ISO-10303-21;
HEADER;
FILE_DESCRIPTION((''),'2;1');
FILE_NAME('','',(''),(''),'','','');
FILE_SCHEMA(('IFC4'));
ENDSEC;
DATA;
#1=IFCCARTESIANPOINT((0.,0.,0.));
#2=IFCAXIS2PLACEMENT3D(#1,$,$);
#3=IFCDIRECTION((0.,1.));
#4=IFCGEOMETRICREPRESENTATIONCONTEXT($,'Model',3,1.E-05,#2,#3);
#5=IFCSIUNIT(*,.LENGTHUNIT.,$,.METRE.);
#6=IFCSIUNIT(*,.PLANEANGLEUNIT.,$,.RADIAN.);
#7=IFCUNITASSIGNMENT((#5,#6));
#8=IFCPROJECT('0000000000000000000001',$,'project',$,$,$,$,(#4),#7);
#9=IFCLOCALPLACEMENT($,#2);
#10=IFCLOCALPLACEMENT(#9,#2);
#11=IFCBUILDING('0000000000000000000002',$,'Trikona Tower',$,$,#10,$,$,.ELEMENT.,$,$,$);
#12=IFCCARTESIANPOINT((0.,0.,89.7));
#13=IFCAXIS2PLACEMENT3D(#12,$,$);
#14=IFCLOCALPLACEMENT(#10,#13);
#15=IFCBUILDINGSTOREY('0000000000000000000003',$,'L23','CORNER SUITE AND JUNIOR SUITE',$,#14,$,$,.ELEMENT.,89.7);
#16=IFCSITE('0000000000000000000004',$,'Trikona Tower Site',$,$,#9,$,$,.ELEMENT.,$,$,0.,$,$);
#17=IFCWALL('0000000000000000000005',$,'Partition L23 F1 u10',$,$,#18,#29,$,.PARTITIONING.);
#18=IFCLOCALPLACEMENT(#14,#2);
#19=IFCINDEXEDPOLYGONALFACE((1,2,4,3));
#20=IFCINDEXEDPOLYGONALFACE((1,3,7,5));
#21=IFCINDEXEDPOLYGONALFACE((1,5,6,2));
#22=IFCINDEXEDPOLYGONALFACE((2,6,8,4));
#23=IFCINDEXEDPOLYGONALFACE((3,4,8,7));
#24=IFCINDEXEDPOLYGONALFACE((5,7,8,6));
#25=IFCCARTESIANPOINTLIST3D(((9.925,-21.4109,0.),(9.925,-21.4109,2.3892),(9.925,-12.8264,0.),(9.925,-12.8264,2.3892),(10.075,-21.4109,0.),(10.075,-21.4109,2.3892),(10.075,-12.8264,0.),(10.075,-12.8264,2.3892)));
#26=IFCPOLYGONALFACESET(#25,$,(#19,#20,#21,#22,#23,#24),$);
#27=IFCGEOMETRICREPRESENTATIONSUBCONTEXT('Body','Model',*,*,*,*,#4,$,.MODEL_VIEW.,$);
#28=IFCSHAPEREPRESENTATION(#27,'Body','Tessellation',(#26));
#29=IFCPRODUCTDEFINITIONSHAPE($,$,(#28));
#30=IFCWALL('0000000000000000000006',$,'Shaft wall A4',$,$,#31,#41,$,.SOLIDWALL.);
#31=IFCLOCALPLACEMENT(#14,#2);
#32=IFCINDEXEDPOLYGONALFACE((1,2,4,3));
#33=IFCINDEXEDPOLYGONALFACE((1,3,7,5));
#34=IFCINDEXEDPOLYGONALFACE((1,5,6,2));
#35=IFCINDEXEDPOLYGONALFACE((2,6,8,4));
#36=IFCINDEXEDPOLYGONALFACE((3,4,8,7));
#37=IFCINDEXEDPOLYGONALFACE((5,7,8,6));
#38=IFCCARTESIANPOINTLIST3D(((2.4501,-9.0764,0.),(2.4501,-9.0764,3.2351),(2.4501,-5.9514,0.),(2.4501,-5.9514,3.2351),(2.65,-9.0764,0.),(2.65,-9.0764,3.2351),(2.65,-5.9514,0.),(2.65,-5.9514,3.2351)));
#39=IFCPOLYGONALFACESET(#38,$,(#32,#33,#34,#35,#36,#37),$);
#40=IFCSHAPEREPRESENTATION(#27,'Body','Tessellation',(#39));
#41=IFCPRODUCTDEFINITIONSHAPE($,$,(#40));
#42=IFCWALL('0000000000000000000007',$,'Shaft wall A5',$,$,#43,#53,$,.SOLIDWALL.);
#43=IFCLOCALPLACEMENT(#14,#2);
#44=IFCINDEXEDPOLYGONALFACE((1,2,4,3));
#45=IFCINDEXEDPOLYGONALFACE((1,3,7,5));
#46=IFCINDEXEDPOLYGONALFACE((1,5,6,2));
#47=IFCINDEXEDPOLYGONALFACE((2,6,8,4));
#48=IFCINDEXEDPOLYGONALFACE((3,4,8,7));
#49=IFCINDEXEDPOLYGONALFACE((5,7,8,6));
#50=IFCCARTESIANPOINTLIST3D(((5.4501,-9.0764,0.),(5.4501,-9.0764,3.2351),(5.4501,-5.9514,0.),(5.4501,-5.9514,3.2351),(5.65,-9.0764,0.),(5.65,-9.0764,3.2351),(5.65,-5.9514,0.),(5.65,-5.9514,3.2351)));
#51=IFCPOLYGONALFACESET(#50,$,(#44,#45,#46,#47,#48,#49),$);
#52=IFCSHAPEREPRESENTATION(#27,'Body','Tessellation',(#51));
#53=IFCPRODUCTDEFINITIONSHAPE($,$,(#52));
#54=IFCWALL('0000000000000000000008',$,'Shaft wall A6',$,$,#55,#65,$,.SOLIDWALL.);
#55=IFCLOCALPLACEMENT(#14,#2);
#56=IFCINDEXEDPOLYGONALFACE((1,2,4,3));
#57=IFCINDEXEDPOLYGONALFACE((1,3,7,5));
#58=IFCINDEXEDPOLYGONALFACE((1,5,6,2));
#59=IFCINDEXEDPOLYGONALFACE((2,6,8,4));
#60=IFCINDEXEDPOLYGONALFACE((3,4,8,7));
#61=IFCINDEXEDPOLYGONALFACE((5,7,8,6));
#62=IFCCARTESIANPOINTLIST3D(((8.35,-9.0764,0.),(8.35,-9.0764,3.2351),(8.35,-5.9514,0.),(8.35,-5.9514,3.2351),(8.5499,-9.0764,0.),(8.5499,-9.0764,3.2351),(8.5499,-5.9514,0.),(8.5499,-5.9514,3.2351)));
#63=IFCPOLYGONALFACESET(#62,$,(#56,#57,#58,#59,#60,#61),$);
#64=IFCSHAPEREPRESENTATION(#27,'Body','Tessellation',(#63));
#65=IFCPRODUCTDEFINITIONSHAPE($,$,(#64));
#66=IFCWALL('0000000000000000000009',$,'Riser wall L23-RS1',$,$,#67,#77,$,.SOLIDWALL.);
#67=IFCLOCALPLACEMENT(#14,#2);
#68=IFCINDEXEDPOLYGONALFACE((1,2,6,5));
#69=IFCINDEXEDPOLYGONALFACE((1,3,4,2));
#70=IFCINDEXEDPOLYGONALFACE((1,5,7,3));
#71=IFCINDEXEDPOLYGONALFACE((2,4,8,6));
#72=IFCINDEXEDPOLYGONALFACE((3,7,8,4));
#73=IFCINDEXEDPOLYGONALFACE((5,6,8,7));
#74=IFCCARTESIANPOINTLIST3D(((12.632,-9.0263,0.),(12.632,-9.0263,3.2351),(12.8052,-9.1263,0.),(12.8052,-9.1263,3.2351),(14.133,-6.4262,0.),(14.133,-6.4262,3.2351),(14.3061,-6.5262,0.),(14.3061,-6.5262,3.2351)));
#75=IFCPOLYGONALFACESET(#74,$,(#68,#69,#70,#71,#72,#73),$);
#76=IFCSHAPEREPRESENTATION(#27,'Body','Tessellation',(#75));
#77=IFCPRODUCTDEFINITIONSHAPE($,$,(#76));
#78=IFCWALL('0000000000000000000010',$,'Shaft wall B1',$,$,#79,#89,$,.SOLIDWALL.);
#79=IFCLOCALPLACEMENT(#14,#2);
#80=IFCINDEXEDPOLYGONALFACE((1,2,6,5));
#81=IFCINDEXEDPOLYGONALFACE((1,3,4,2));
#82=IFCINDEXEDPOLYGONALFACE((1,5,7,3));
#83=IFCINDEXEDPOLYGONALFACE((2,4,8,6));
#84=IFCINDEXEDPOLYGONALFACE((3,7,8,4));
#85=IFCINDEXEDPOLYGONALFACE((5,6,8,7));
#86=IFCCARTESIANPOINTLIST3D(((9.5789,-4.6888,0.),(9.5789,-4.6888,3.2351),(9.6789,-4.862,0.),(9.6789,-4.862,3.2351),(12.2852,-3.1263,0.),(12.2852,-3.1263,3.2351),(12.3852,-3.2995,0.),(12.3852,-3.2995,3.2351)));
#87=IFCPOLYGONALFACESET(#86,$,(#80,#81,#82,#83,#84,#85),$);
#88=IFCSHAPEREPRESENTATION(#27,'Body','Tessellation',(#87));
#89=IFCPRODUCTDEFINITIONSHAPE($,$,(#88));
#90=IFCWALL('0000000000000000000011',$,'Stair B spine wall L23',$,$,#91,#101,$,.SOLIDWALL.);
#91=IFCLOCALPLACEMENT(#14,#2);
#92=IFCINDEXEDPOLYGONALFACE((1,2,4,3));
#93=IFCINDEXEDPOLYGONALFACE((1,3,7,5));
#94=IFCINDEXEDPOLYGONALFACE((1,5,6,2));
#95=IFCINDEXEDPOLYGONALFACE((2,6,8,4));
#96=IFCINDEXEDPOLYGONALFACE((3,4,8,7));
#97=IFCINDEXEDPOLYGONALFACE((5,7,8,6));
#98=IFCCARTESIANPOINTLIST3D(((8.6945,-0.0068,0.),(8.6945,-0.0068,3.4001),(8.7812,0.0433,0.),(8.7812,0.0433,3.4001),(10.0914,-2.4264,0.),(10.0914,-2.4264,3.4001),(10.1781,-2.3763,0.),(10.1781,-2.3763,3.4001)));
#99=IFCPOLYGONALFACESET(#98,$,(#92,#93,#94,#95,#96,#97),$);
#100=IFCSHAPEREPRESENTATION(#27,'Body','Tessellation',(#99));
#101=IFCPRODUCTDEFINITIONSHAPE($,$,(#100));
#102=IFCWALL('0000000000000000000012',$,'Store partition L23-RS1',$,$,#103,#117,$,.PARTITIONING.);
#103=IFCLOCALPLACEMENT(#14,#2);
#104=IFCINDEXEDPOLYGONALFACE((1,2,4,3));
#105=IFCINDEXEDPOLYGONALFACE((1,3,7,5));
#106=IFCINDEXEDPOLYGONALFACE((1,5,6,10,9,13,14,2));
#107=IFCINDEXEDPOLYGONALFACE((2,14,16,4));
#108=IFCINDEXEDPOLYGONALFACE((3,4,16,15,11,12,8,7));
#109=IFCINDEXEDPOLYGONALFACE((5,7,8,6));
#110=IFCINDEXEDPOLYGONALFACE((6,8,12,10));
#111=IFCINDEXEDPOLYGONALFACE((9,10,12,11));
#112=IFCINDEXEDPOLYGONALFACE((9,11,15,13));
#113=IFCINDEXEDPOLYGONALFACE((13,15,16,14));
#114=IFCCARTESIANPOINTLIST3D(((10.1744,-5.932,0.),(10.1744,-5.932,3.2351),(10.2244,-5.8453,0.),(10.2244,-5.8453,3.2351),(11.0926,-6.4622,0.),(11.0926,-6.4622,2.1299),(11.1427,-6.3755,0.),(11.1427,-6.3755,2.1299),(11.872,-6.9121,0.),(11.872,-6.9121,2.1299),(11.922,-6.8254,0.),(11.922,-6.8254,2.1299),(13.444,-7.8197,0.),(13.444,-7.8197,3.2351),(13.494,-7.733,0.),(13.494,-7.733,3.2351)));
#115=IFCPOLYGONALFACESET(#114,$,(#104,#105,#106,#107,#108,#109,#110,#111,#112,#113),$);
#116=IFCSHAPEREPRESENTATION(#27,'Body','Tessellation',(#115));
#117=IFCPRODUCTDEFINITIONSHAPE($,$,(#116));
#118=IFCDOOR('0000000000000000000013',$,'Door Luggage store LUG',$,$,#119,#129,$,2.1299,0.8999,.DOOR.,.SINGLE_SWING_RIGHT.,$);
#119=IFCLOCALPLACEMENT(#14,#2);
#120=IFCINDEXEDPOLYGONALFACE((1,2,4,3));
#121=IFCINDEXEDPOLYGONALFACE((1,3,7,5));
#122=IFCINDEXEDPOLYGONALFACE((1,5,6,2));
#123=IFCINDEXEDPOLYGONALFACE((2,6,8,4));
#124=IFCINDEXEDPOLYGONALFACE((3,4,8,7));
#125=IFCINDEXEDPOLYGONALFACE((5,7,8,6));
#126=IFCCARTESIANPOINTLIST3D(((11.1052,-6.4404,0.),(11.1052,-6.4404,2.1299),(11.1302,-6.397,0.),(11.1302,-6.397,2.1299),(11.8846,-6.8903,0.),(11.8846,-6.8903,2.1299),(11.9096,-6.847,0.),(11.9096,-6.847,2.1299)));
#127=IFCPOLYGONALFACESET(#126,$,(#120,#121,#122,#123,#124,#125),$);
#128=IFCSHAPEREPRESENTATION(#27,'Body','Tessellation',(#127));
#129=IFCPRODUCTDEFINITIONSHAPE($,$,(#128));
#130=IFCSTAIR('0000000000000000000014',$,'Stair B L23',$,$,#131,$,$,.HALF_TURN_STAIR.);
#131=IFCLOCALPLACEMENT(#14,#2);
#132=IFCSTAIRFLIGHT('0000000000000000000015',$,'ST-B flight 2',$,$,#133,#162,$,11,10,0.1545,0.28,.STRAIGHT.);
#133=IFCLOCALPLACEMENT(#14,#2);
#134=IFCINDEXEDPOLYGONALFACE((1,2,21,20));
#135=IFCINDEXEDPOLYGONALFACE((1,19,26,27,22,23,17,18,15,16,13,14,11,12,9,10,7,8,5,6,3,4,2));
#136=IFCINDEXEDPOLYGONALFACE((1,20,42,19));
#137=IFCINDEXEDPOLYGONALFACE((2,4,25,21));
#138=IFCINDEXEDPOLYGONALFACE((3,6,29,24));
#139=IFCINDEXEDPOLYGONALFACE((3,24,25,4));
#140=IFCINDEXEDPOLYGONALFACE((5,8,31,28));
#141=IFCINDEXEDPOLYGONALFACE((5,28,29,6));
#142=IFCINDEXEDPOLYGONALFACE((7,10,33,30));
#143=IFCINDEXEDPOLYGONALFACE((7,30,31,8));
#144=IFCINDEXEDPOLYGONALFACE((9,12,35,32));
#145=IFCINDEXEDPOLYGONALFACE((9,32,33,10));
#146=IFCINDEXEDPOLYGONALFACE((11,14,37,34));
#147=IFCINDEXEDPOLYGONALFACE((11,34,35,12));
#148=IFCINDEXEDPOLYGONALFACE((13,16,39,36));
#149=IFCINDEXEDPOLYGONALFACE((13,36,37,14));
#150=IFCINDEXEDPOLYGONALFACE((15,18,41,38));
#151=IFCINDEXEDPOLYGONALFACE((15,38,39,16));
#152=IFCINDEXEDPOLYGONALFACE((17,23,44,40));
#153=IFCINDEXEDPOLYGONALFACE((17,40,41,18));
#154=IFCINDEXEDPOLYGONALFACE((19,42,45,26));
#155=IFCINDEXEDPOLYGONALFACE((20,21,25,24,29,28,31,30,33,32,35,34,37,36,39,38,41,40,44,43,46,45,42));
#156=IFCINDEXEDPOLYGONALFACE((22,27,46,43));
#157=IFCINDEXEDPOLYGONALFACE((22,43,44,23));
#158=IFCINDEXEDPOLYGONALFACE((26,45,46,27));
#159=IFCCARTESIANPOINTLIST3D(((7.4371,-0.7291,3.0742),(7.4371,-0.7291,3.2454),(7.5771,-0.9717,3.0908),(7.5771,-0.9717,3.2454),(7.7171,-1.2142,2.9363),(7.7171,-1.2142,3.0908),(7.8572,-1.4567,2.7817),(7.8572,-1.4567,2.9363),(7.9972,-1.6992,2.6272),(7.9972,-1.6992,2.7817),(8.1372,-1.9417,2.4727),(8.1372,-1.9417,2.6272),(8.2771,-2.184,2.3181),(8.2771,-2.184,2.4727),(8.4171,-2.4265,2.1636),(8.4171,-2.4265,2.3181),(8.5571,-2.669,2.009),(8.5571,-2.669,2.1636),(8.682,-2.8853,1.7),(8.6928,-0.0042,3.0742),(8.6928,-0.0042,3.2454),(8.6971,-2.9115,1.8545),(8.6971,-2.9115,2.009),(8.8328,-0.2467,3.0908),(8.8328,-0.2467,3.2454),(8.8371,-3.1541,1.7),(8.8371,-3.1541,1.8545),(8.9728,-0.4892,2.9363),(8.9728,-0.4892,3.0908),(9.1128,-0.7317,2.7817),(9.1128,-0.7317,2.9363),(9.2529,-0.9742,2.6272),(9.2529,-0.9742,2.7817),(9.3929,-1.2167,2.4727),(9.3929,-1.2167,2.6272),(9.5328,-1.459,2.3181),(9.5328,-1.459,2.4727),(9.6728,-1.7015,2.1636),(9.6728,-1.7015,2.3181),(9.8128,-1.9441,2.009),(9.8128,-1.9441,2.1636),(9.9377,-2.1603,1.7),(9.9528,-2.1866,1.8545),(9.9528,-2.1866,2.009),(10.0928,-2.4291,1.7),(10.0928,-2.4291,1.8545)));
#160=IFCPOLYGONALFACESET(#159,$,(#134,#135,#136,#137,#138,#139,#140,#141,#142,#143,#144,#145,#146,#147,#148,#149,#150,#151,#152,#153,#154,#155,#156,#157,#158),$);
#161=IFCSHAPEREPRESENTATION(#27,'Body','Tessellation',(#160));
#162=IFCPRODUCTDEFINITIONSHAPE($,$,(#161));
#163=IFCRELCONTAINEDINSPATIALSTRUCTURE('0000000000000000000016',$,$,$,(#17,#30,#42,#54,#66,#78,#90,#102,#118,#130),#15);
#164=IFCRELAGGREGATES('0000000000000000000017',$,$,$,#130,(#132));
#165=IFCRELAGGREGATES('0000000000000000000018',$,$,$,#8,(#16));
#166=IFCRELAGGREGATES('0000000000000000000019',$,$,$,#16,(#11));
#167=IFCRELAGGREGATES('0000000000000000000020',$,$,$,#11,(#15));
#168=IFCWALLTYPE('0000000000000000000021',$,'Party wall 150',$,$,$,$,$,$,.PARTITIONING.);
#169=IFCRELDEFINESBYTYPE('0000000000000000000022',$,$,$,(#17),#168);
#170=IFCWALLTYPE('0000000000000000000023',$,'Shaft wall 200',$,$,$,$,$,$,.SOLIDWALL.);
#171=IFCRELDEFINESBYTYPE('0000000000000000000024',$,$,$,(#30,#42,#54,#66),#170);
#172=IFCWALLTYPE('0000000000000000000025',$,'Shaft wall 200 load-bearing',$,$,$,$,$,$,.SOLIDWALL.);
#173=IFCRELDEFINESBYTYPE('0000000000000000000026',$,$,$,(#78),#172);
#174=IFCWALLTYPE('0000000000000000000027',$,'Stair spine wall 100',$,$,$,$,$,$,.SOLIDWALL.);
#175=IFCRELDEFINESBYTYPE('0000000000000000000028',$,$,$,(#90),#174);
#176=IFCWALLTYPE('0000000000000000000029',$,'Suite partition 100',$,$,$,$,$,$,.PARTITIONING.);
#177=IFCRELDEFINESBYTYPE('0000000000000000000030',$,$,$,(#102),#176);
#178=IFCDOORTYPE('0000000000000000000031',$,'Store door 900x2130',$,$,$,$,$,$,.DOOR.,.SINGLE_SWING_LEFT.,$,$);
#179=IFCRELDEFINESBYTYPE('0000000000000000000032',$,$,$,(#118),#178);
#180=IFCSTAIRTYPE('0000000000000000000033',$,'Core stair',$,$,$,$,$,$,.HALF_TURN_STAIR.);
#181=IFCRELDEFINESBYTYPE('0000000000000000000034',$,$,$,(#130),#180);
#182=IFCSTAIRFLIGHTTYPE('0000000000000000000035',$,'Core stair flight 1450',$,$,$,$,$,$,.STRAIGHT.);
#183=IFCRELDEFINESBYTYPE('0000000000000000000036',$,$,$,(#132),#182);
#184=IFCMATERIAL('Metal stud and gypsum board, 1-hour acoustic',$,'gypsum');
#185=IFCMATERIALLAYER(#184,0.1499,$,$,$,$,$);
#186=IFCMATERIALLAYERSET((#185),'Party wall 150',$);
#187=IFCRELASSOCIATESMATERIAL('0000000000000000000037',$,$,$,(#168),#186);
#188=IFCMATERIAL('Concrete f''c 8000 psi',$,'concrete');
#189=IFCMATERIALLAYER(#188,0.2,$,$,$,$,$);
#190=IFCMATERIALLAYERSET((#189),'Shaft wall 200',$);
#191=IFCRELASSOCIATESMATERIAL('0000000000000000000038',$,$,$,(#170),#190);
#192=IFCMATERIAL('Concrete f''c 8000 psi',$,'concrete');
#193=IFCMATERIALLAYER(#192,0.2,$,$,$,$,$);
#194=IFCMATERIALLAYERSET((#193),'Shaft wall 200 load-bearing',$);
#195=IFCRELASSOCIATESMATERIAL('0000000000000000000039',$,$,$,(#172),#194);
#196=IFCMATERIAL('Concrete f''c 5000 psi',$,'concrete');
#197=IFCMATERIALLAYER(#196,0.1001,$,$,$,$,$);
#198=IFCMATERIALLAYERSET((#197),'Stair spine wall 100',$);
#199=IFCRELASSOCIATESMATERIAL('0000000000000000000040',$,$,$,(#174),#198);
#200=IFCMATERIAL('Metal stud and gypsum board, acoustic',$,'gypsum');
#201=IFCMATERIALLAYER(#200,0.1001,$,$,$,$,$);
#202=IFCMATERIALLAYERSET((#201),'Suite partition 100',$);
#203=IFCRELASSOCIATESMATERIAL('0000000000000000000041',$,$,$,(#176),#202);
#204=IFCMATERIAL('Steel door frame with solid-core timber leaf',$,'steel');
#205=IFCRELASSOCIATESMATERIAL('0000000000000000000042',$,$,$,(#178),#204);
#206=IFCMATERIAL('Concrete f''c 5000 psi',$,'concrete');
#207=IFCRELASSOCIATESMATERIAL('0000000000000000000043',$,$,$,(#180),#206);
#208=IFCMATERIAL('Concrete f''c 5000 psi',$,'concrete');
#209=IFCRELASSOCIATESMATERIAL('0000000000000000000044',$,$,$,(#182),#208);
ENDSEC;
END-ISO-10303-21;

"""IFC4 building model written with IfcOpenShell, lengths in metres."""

from ifc_helpers import new_model, si_unit, direction, frame, frame_2d, origin, place, context, subcontext, project, spatial, polyline, rectangle, outline, extrude, material, layer, layer_set, type_object, element, fill, aggregate, save


model = new_model("IFC4")

# Units and contexts
model_context = context("Model", 3, precision=1e-05, world=origin(), true_north=direction((0.0, 1.0)))
body_context = subcontext(model_context, "Body", "Model", "MODEL_VIEW")
ifc_project = project(units=[si_unit("LENGTHUNIT", "METRE"), si_unit("PLANEANGLEUNIT", "RADIAN")], contexts=[model_context])

# Site, building, storey
site_placement = place(None, origin())
site = spatial("IfcSite", under=ifc_project, at=site_placement, Name="Trikona Tower Site", CompositionType="ELEMENT", RefElevation=0.0)
building_placement = place(site_placement, origin())
building = spatial("IfcBuilding", under=site, at=building_placement, Name="Trikona Tower", CompositionType="ELEMENT")
storey_placement = place(building_placement, frame((0.0, 0.0, 89.7)))
storey = spatial("IfcBuildingStorey", under=building, at=storey_placement, Name="L23", Description="CORNER SUITE AND JUNIOR SUITE", CompositionType="ELEMENT", Elevation=89.7)

# Walls
ifc_material_1 = material(Name="Metal stud and gypsum board, 1-hour acoustic", Category="gypsum")
ifc_layer_1 = layer(ifc_material_1, 0.1499)
ifc_layer_set_1 = layer_set([ifc_layer_1], Name="Party wall 150")
wall_type_1 = type_object("IfcWallType", Name="Party wall 150", PredefinedType="PARTITIONING", material=ifc_layer_set_1)
wall_1_placement = place(storey_placement, frame((10.0, -12.8264, 0.0), z_axis=(0.0, 0.0, 1.0), x_axis=(0.0, -1.0, 0.0)))
element("IfcWall", 1, at=wall_1_placement, inside=storey, type_object=wall_type_1, Name="Partition L23 F1 u10", PredefinedType="PARTITIONING", context=body_context, shape_type="SweptSolid", body=[
    extrude(rectangle(XDim=8.5845, YDim=0.1499, at=frame_2d((4.2922, 0.0))), origin(), (0.0, 0.0, 1.0), 2.3892),
])
ifc_material_2 = material(Name="Concrete f'c 8000 psi", Category="concrete")
ifc_layer_2 = layer(ifc_material_2, 0.2)
ifc_layer_set_2 = layer_set([ifc_layer_2], Name="Shaft wall 200")
wall_type_2 = type_object("IfcWallType", Name="Shaft wall 200", PredefinedType="SOLIDWALL", material=ifc_layer_set_2)
for number, where, z_axis, x_axis, name in (
    (2, (2.55, -5.9514, 0.0), (0.0, 0.0, 1.0), (0.0, -1.0, 0.0), "Shaft wall A4"),
    (3, (5.55, -5.9514, 0.0), (0.0, 0.0, 1.0), (0.0, -1.0, 0.0), "Shaft wall A5"),
    (4, (8.45, -5.9514, 0.0), (0.0, 0.0, 1.0), (0.0, -1.0, 0.0), "Shaft wall A6"),
):
    element("IfcWall", number, at=place(storey_placement, frame(where, z_axis=z_axis, x_axis=x_axis)), inside=storey, type_object=wall_type_2, Name=name, PredefinedType="SOLIDWALL", context=body_context, shape_type="SweptSolid", body=[
        extrude(rectangle(XDim=3.125, YDim=0.2, at=frame_2d((1.5625, 0.0))), origin(), (0.0, 0.0, 1.0), 3.2351),
    ])
wall_2_placement = place(storey_placement, frame((14.2195, -6.4763, 0.0), z_axis=(0.0, 0.0, 1.0), x_axis=(-0.499952, -0.866053, 0.0)))
element("IfcWall", 5, at=wall_2_placement, inside=storey, type_object=wall_type_2, Name="Riser wall L23-RS1", PredefinedType="SOLIDWALL", context=body_context, shape_type="SweptSolid", body=[
    extrude(rectangle(XDim=3.0022, YDim=0.2, at=frame_2d((1.501, 0.0))), origin(), (0.0, 0.0, 1.0), 3.2351),
])
ifc_material_3 = material(Name="Concrete f'c 8000 psi", Category="concrete")
ifc_layer_3 = layer(ifc_material_3, 0.2)
ifc_layer_set_3 = layer_set([ifc_layer_3], Name="Shaft wall 200 load-bearing")
wall_type_3 = type_object("IfcWallType", Name="Shaft wall 200 load-bearing", PredefinedType="SOLIDWALL", material=ifc_layer_set_3)
wall_3_placement = place(storey_placement, frame((9.6289, -4.7754, 0.0), z_axis=(0.0, 0.0, 1.0), x_axis=(0.866023, 0.500004, 0.0)))
element("IfcWall", 6, at=wall_3_placement, inside=storey, type_object=wall_type_3, Name="Shaft wall B1", PredefinedType="SOLIDWALL", context=body_context, shape_type="SweptSolid", body=[
    extrude(rectangle(XDim=3.125, YDim=0.2, at=frame_2d((1.5625, 0.0))), origin(), (0.0, 0.0, 1.0), 3.2351),
])
ifc_material_4 = material(Name="Concrete f'c 5000 psi", Category="concrete")
ifc_layer_4 = layer(ifc_material_4, 0.1001)
ifc_layer_set_4 = layer_set([ifc_layer_4], Name="Stair spine wall 100")
wall_type_4 = type_object("IfcWallType", Name="Stair spine wall 100", PredefinedType="SOLIDWALL", material=ifc_layer_set_4)
wall_4_placement = place(storey_placement, frame((10.1348, -2.4014, 0.0), z_axis=(0.0, 0.0, 1.0), x_axis=(-0.499992, 0.86603, 0.0)))
element("IfcWall", 7, at=wall_4_placement, inside=storey, type_object=wall_type_4, Name="Stair B spine wall L23", PredefinedType="SOLIDWALL", context=body_context, shape_type="SweptSolid", body=[
    extrude(rectangle(XDim=2.7939, YDim=0.1001, at=frame_2d((1.397, 0.0))), origin(), (0.0, 0.0, 1.0), 3.4001),
])

# Wall, opening, door
ifc_material_5 = material(Name="Metal stud and gypsum board, acoustic", Category="gypsum")
ifc_layer_5 = layer(ifc_material_5, 0.1001)
ifc_layer_set_5 = layer_set([ifc_layer_5], Name="Suite partition 100")
wall_type_5 = type_object("IfcWallType", Name="Suite partition 100", PredefinedType="PARTITIONING", material=ifc_layer_set_5)
wall_5_placement = place(storey_placement, frame((13.469, -7.7764, 0.0), z_axis=(0.0, 0.0, 1.0), x_axis=(-0.866022, 0.500006, 0.0)))
wall_5 = element("IfcWall", 8, at=wall_5_placement, inside=storey, type_object=wall_type_5, Name="Store partition L23-RS1", PredefinedType="PARTITIONING", context=body_context, shape_type="SweptSolid", body=[
    extrude(rectangle(XDim=3.7754, YDim=0.1001, at=frame_2d((1.8877, 0.0))), origin(), (0.0, 0.0, 1.0), 3.2351),
])
opening_1_placement = place(wall_5_placement, frame((1.8152, 0.0, 0.0)))
opening_1 = element("IfcOpeningElement", 9, at=opening_1_placement, cuts=wall_5, PredefinedType="OPENING", context=body_context, shape_type="SweptSolid", body=[
    extrude(rectangle(XDim=0.8999, YDim=2.1299, at=frame_2d((0.45, 1.0649))), frame((0.0, 0.0601, 0.0), z_axis=(0.0, -1.0, 0.0), x_axis=(1.0, 0.0, 0.0)), (0.0, 0.0, 1.0), 0.1201),
])
ifc_material_6 = material(Name="Steel door frame with solid-core timber leaf", Category="steel")
door_type_1 = type_object("IfcDoorType", Name="Store door 900x2130", OperationType="SINGLE_SWING_LEFT", PredefinedType="DOOR", material=ifc_material_6)
door_1_placement = place(opening_1_placement, origin())
door_1 = element("IfcDoor", 10, at=door_1_placement, inside=storey, type_object=door_type_1, Name="Door Luggage store LUG", OperationType="SINGLE_SWING_RIGHT", OverallHeight=2.1299, OverallWidth=0.8999, PredefinedType="DOOR", context=body_context, shape_type="SweptSolid", body=[
    extrude(rectangle(XDim=0.8999, YDim=2.1299, at=frame_2d((0.45, 1.0649))), frame((0.0, 0.0249, 0.0), z_axis=(0.0, -1.0, 0.0), x_axis=(1.0, 0.0, 0.0)), (0.0, 0.0, 1.0), 0.05),
])
fill(opening_1, door_1)

# Stair, stair flight
ifc_material_7 = material(Name="Concrete f'c 5000 psi", Category="concrete")
stair_type = type_object("IfcStairType", Name="Core stair", PredefinedType="HALF_TURN_STAIR", material=ifc_material_7)
stair_placement = place(storey_placement, origin())
stair = element("IfcStair", 11, at=stair_placement, inside=storey, type_object=stair_type, Name="Stair B L23", PredefinedType="HALF_TURN_STAIR")
ifc_material_8 = material(Name="Concrete f'c 5000 psi", Category="concrete")
stair_flight_type = type_object("IfcStairFlightType", Name="Core stair flight 1450", PredefinedType="STRAIGHT", material=ifc_material_8)
stair_flight_placement = place(storey_placement, frame((9.4651, -2.7915, 1.7), z_axis=(0.0, 0.0, 1.0), x_axis=(-0.5, 0.866025, 0.0)))
stair_flight = element("IfcStairFlight", 12, at=stair_flight_placement, type_object=stair_flight_type, Name="ST-B flight 2", NumberOfRisers=11, NumberOfTreads=10, PredefinedType="STRAIGHT", RiserHeight=0.1545, TreadLength=0.28, context=body_context, shape_type="SweptSolid", body=[
    extrude(outline(polyline([(0.0, 0.0), (0.0, 0.1545), (0.28, 0.1545), (0.28, 0.3091), (0.5601, 0.3091), (0.5601, 0.4636), (0.8401, 0.4636), (0.8401, 0.6182), (1.1201, 0.6182), (1.1201, 0.7727), (1.3999, 0.7727), (1.3999, 0.9272), (1.6799, 0.9272), (1.6799, 1.0818), (1.96, 1.0818), (1.96, 1.2363), (2.24, 1.2363), (2.24, 1.3909), (2.52, 1.3909), (2.52, 1.5454), (2.8, 1.5454), (2.8, 1.7), (2.8, 1.3743), (0.3103, 0.0), (0.0, 0.0)])), frame((0.0, 0.7251, 0.0), z_axis=(0.0, -1.0, 0.0), x_axis=(1.0, 0.0, 0.0)), (0.0, 0.0, 1.0), 1.45),
])
aggregate(stair, [stair_flight])

save(model, "model.ifc")
